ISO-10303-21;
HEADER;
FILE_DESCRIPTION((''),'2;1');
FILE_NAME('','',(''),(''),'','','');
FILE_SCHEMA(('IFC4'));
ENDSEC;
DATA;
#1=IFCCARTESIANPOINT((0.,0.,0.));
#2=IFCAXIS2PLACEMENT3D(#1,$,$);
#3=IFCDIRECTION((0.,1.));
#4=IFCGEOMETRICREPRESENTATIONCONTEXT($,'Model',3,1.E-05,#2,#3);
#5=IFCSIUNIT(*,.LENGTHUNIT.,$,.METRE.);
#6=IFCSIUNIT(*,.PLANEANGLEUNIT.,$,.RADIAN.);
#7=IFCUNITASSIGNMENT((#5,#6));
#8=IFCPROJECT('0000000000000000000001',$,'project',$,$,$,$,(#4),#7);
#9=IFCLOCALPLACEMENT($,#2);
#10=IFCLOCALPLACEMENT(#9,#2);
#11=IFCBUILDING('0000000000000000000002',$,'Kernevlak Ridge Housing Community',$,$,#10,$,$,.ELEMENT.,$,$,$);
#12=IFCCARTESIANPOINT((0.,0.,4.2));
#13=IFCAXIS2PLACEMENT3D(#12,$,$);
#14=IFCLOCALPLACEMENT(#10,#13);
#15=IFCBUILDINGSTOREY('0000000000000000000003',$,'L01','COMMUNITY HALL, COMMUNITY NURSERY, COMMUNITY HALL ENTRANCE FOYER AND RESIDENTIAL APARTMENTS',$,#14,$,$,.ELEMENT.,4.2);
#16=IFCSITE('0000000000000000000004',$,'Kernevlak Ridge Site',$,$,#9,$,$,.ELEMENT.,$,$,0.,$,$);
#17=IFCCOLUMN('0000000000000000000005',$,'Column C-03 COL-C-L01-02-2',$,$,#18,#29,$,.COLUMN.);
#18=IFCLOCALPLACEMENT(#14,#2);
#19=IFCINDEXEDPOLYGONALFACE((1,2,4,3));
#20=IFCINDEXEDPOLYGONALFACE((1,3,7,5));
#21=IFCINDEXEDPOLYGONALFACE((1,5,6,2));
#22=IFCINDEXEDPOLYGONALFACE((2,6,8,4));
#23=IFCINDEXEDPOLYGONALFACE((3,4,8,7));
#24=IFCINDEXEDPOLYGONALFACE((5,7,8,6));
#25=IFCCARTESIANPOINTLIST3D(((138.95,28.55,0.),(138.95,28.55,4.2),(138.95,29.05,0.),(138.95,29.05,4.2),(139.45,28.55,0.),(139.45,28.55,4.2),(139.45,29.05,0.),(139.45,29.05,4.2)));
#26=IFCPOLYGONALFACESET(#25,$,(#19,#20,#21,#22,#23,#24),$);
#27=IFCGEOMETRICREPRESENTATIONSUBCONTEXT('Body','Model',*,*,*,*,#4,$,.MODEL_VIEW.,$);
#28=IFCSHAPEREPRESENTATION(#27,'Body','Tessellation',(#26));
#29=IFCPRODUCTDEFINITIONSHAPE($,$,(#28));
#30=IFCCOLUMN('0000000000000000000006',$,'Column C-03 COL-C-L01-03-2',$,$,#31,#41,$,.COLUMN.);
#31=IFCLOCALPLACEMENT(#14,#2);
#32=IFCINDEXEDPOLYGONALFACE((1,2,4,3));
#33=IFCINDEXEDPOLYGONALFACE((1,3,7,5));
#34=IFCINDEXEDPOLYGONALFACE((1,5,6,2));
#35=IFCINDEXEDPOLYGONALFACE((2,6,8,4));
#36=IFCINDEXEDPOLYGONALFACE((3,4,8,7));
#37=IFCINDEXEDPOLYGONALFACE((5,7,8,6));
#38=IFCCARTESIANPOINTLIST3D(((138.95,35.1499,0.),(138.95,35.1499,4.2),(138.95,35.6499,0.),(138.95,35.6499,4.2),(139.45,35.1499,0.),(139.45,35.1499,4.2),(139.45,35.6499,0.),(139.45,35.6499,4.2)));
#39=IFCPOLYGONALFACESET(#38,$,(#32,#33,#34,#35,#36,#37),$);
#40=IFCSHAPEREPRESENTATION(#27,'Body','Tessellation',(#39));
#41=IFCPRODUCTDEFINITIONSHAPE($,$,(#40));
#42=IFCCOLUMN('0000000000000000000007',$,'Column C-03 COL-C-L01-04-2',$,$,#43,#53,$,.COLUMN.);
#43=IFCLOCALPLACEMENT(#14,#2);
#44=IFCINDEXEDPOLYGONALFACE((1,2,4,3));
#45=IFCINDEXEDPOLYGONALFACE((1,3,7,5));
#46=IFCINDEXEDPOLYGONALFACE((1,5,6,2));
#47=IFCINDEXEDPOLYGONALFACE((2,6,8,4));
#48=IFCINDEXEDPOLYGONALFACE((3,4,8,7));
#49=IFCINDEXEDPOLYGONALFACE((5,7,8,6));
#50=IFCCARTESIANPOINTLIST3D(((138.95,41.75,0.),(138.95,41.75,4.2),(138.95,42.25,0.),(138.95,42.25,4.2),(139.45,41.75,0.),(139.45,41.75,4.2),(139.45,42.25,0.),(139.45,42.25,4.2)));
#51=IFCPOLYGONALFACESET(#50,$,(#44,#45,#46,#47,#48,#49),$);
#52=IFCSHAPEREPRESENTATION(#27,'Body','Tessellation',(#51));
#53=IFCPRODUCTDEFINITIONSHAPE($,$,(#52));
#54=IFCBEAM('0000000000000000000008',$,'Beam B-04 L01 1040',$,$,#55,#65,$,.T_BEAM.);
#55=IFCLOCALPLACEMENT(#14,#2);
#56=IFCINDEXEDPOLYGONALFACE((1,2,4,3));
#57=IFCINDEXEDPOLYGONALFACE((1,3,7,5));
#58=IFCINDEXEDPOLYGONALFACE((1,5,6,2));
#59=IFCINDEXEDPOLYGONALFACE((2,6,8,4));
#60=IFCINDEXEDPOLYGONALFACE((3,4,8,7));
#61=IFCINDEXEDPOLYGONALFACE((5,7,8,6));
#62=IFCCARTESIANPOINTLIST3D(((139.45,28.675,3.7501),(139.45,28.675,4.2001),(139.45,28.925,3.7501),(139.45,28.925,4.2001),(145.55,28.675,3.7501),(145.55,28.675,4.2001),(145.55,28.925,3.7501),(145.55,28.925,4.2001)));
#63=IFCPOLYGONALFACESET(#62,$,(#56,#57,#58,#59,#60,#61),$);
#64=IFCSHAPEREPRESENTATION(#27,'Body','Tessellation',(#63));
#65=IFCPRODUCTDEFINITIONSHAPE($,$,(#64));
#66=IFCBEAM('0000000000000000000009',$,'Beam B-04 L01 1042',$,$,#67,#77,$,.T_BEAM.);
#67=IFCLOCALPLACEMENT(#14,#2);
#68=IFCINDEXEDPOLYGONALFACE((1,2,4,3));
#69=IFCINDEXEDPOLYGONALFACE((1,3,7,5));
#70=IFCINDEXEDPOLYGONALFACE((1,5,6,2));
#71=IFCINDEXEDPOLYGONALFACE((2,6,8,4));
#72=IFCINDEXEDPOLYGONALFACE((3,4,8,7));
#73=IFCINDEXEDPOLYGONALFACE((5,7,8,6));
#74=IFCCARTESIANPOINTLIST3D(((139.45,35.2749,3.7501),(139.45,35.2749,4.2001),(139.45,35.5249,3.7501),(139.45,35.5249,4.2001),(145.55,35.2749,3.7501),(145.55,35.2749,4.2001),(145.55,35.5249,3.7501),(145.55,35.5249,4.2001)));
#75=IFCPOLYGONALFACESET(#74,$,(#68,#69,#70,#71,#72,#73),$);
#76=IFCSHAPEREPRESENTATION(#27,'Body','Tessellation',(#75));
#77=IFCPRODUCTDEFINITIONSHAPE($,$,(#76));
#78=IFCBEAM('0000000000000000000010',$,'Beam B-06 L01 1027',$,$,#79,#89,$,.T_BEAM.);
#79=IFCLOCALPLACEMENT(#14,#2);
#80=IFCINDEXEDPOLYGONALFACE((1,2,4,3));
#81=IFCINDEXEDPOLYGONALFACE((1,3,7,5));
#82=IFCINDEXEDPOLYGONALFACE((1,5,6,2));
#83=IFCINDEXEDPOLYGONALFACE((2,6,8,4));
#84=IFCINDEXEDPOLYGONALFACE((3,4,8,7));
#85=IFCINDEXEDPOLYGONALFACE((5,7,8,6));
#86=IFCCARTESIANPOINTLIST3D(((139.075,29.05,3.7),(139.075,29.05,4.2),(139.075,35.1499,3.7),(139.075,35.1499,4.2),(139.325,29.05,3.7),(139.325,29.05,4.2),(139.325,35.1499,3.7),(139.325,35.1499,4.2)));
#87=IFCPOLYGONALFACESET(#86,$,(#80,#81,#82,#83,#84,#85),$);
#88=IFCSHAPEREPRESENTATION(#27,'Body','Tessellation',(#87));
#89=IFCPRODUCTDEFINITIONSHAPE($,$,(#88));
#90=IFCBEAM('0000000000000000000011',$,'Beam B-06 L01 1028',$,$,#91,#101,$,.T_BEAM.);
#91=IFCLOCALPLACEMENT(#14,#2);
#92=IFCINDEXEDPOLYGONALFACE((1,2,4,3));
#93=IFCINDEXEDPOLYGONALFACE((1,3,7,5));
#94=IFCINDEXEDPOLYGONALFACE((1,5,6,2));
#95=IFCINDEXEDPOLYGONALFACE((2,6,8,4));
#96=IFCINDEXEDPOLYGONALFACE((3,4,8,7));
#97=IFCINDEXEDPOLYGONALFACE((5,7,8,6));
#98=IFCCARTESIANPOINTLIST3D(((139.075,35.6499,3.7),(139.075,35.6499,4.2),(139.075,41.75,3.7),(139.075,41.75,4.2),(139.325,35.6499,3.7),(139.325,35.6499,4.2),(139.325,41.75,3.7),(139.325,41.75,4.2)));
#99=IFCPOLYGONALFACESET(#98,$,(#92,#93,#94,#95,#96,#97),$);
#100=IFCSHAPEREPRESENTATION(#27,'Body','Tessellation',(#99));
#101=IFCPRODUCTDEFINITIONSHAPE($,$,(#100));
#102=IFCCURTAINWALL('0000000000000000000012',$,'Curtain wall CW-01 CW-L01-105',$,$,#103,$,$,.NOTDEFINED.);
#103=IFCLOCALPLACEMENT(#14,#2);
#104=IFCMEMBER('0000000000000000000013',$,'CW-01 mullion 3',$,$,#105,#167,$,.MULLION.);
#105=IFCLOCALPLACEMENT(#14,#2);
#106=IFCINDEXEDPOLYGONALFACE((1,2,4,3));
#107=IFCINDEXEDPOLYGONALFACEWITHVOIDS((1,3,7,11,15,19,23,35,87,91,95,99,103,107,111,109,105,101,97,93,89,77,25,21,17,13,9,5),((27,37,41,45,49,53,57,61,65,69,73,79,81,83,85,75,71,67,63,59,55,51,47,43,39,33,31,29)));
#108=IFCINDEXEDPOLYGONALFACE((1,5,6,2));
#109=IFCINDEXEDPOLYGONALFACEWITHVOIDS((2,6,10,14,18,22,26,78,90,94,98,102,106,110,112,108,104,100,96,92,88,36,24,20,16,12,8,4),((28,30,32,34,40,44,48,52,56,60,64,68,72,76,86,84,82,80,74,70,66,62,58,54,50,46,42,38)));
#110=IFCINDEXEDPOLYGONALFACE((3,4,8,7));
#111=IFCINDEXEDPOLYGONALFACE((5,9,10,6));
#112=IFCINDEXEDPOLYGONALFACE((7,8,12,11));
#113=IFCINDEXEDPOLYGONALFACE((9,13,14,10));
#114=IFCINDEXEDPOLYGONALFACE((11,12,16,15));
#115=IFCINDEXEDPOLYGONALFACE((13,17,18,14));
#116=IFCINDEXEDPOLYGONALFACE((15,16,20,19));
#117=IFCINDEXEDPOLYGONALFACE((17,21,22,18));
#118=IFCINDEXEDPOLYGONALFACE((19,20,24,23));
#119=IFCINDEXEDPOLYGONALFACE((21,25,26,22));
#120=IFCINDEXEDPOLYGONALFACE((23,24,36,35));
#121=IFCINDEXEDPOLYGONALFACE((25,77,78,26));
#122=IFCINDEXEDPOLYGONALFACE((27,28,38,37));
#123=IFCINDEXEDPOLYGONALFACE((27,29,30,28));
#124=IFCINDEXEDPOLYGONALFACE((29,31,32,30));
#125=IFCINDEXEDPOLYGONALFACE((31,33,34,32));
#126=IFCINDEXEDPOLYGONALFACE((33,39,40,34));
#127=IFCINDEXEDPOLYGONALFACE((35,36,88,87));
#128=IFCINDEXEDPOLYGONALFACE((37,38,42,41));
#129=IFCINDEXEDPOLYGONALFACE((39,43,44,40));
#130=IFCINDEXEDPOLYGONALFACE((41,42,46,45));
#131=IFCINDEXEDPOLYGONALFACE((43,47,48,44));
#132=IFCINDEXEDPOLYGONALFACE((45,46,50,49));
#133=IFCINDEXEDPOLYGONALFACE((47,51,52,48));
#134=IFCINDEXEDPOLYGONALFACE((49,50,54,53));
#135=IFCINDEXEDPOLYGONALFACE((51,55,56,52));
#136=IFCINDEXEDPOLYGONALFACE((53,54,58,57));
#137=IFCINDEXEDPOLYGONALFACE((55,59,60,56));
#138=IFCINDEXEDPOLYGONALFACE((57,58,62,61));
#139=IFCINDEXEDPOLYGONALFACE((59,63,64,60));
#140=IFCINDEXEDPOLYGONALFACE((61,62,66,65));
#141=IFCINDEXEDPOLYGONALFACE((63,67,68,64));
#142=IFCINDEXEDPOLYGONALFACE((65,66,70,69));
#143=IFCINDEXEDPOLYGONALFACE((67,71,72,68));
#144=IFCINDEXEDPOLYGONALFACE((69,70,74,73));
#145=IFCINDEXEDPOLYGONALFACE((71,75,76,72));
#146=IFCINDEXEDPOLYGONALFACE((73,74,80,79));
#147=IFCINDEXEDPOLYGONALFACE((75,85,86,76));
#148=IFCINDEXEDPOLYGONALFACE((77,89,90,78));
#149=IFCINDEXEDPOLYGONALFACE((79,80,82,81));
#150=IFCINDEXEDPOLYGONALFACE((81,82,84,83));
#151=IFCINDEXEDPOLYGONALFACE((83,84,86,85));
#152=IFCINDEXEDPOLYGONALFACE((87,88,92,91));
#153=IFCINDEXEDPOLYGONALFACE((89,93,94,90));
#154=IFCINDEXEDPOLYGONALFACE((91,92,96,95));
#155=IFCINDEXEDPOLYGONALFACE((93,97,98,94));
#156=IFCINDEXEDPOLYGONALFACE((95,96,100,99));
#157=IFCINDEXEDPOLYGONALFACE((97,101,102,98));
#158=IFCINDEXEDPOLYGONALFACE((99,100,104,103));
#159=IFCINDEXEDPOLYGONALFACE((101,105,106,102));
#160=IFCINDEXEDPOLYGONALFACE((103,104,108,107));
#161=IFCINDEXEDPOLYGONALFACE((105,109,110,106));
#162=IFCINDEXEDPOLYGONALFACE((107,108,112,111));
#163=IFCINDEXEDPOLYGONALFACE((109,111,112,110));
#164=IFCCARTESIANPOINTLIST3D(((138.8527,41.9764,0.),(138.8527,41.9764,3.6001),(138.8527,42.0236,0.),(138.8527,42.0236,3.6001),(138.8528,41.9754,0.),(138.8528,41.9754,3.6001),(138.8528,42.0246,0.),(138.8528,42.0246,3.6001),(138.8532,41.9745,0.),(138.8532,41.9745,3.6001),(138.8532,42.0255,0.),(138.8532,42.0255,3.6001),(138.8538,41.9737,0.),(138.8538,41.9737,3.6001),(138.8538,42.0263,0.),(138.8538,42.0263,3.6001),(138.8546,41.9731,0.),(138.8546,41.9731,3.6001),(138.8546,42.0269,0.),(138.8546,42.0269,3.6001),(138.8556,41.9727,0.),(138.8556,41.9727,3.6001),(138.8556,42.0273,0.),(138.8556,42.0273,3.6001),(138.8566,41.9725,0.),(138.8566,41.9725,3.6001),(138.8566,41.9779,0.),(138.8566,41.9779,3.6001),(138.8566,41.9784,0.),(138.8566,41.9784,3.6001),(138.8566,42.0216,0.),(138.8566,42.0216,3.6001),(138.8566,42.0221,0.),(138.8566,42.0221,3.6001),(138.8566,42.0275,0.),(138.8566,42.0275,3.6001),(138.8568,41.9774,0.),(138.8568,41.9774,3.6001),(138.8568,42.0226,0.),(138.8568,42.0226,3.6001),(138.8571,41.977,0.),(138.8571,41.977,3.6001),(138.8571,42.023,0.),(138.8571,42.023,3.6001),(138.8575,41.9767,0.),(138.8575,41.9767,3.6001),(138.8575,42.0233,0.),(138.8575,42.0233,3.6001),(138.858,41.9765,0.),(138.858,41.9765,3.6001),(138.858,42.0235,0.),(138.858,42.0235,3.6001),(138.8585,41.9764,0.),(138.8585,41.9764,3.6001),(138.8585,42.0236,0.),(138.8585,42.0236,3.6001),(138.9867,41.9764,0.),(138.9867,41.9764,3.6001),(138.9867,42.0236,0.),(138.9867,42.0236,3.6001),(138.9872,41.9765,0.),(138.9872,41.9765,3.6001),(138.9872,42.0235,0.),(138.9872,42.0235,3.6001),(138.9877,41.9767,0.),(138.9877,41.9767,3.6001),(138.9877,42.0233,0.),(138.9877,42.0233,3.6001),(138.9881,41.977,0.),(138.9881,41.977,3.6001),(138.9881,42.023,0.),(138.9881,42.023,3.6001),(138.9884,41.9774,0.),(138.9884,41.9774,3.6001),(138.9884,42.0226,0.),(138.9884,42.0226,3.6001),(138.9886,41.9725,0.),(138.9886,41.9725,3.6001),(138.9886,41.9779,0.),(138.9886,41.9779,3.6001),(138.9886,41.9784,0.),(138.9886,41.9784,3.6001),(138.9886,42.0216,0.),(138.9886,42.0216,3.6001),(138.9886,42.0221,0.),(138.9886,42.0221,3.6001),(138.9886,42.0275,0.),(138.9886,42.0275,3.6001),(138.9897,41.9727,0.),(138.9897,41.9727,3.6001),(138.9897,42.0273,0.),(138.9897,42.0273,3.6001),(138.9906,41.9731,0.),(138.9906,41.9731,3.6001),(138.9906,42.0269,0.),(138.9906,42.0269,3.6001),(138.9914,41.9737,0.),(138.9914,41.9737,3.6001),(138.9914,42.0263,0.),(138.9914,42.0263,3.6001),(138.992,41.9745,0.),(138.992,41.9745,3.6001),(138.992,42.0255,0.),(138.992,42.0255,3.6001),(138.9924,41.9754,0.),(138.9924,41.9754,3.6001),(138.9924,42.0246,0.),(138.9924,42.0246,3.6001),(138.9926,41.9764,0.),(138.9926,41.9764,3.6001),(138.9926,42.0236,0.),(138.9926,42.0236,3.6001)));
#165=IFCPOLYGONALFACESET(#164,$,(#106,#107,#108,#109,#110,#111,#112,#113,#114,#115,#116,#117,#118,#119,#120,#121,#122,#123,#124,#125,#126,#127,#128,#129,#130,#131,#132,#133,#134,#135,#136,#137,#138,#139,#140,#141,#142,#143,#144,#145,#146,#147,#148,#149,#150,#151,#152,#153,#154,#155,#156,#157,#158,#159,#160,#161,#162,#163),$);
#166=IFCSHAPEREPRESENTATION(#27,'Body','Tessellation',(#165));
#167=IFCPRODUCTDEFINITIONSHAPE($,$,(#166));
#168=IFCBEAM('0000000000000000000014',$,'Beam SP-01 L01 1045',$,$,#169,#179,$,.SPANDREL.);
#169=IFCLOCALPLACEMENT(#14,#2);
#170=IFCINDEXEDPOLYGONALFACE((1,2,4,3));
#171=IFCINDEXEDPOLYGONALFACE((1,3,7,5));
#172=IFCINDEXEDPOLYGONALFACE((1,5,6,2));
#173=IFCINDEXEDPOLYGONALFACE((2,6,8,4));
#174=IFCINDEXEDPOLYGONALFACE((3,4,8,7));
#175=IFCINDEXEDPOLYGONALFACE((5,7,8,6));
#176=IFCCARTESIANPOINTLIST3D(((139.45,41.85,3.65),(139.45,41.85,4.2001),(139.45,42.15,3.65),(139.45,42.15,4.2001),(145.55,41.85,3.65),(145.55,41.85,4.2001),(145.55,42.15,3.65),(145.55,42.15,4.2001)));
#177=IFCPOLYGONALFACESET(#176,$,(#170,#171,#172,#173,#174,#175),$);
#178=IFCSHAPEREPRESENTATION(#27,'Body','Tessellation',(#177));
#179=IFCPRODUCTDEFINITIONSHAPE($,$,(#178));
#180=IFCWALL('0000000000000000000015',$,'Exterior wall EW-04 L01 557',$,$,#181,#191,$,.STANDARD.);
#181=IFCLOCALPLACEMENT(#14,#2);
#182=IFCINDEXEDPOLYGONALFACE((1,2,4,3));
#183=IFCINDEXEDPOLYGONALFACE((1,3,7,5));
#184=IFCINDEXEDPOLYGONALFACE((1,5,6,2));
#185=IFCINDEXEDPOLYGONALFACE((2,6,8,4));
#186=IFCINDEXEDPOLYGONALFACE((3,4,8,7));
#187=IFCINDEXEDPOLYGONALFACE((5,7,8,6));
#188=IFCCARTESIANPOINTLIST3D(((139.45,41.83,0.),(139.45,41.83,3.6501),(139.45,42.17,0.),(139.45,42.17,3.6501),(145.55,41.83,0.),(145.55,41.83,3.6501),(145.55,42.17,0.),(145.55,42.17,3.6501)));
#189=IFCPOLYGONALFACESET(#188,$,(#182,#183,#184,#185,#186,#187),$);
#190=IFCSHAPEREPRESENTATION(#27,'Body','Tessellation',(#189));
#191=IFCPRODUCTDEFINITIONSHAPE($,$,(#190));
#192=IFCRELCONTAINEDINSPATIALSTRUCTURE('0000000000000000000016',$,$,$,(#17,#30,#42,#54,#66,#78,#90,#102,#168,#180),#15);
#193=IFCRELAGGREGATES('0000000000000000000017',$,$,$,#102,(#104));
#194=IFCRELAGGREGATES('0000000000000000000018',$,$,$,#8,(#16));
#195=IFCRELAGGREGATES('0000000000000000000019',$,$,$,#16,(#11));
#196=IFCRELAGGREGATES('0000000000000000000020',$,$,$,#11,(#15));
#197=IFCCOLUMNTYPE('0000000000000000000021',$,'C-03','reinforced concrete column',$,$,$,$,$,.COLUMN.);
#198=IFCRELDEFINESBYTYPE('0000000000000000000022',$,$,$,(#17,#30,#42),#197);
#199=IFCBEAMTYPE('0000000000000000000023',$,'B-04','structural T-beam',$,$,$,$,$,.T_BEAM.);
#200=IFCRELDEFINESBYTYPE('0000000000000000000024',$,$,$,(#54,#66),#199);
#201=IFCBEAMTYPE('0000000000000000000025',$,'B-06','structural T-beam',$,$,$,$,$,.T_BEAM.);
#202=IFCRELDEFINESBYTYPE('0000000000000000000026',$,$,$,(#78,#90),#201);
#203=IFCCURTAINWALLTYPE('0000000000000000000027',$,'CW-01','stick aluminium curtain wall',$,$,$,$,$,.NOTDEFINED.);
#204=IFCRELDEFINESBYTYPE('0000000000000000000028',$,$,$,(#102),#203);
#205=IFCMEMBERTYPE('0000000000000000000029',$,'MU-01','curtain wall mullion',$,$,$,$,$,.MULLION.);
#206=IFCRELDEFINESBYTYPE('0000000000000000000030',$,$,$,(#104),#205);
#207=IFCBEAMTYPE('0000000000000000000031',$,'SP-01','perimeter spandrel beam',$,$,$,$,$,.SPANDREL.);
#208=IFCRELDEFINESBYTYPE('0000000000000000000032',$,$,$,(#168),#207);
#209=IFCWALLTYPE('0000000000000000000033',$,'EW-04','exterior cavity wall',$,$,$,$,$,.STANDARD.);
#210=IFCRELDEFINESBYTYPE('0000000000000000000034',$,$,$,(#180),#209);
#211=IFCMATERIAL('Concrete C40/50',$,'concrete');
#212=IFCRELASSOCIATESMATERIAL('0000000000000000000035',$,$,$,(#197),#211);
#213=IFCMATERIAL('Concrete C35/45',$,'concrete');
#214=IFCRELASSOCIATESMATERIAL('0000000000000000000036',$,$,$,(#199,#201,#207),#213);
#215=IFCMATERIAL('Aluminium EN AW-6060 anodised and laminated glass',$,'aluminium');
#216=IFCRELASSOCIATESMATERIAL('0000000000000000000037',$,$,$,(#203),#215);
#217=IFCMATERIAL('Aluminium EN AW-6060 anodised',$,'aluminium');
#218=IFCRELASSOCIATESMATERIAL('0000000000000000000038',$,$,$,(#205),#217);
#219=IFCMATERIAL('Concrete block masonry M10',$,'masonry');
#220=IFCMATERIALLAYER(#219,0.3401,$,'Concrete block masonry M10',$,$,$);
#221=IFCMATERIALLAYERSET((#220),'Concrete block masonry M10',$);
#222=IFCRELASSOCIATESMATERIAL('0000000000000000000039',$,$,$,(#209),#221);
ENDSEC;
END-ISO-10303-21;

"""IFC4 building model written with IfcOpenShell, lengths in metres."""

from ifc_helpers import new_model, si_unit, direction, frame, frame_2d, origin, origin_2d, place, context, subcontext, project, spatial, rectangle, hollow_rectangle, extrude, material, layer, layer_set, material_profile, profile_set, type_object, element, aggregate, save


model = new_model("IFC4")

# Units and contexts
model_context = context("Model", 3, precision=1e-05, world=origin(), true_north=direction((0.0, 1.0)))
body_context = subcontext(model_context, "Body", "Model", "MODEL_VIEW")
ifc_project = project(units=[si_unit("LENGTHUNIT", "METRE"), si_unit("PLANEANGLEUNIT", "RADIAN")], contexts=[model_context])

# Site, building, storey
site_placement = place(None, origin())
site = spatial("IfcSite", under=ifc_project, at=site_placement, Name="Kernevlak Ridge Site", CompositionType="ELEMENT", RefElevation=0.0)
building_placement = place(site_placement, origin())
building = spatial("IfcBuilding", under=site, at=building_placement, Name="Kernevlak Ridge Housing Community", CompositionType="ELEMENT")
storey_placement = place(building_placement, frame((0.0, 0.0, 4.2)))
storey = spatial("IfcBuildingStorey", under=building, at=storey_placement, Name="L01", Description="COMMUNITY HALL, COMMUNITY NURSERY, COMMUNITY HALL ENTRANCE FOYER AND RESIDENTIAL APARTMENTS", CompositionType="ELEMENT", Elevation=4.2)

# Columns
ifc_material_1 = material(Name="Concrete C40/50", Category="concrete")
ifc_material_profile_1 = material_profile(ifc_material_1, rectangle(XDim=0.5, YDim=0.5, at=origin_2d()), Name="RC 500x500")
ifc_profile_set_1 = profile_set([ifc_material_profile_1], Name="Concrete C40/50")
column_type = type_object("IfcColumnType", Name="C-03", Description="reinforced concrete column", PredefinedType="COLUMN", material=ifc_profile_set_1)
for number, where, z_axis, x_axis, name in (
    (1, (139.2, 28.8, 0.0), (0.0, 0.0, 1.0), (1.0, 0.0, 0.0), "Column C-03 COL-C-L01-02-2"),
    (2, (139.2, 35.3999, 0.0), (0.0, 0.0, 1.0), (1.0, 0.0, 0.0), "Column C-03 COL-C-L01-03-2"),
    (3, (139.2, 42.0, 0.0), (0.0, 0.0, 1.0), (1.0, 0.0, 0.0), "Column C-03 COL-C-L01-04-2"),
):
    element("IfcColumn", number, at=place(storey_placement, frame(where, z_axis=z_axis, x_axis=x_axis)), inside=storey, type_object=column_type, Name=name, PredefinedType="COLUMN", context=body_context, shape_type="SweptSolid", body=[
        extrude(rectangle(XDim=0.5, YDim=0.5, at=origin_2d()), origin(), (0.0, 0.0, 1.0), 4.2),
    ])

# Beams
ifc_material_2 = material(Name="Concrete C35/45", Category="concrete")
ifc_material_profile_2 = material_profile(ifc_material_2, rectangle(XDim=0.25, YDim=0.45, at=origin_2d()), Name="RC 250x450")
ifc_profile_set_2 = profile_set([ifc_material_profile_2], Name="Concrete C35/45")
beam_type_1 = type_object("IfcBeamType", Name="B-04", Description="structural T-beam", PredefinedType="T_BEAM", material=ifc_profile_set_2)
for number, where, z_axis, x_axis, name in (
    (4, (139.45, 28.8, 3.9751), (1.0, 0.0, 0.0), (0.0, 1.0, 0.0), "Beam B-04 L01 1040"),
    (5, (139.45, 35.3999, 3.9751), (1.0, 0.0, 0.0), (0.0, 1.0, 0.0), "Beam B-04 L01 1042"),
):
    element("IfcBeam", number, at=place(storey_placement, frame(where, z_axis=z_axis, x_axis=x_axis)), inside=storey, type_object=beam_type_1, Name=name, PredefinedType="T_BEAM", context=body_context, shape_type="SweptSolid", body=[
        extrude(rectangle(XDim=0.25, YDim=0.45, at=origin_2d()), origin(), (0.0, 0.0, 1.0), 6.1001),
    ])
ifc_material_profile_3 = material_profile(ifc_material_2, rectangle(XDim=0.25, YDim=0.5, at=origin_2d()), Name="RC 250x500")
ifc_profile_set_3 = profile_set([ifc_material_profile_3], Name="Concrete C35/45")
beam_type_2 = type_object("IfcBeamType", Name="B-06", Description="structural T-beam", PredefinedType="T_BEAM", material=ifc_profile_set_3)
beam_1_placement = place(storey_placement, frame((139.2, 29.05, 3.95), z_axis=(0.0, 1.0, 0.0), x_axis=(-1.0, 0.0, 0.0)))
element("IfcBeam", 6, at=beam_1_placement, inside=storey, type_object=beam_type_2, Name="Beam B-06 L01 1027", PredefinedType="T_BEAM", context=body_context, shape_type="SweptSolid", body=[
    extrude(rectangle(XDim=0.25, YDim=0.5, at=origin_2d()), origin(), (0.0, 0.0, 1.0), 6.0999),
])
beam_2_placement = place(storey_placement, frame((139.2, 35.6499, 3.95), z_axis=(0.0, 1.0, 0.0), x_axis=(-1.0, 0.0, 0.0)))
element("IfcBeam", 7, at=beam_2_placement, inside=storey, type_object=beam_type_2, Name="Beam B-06 L01 1028", PredefinedType="T_BEAM", context=body_context, shape_type="SweptSolid", body=[
    extrude(rectangle(XDim=0.25, YDim=0.5, at=origin_2d()), origin(), (0.0, 0.0, 1.0), 6.1001),
])

# Curtain wall, member
ifc_material_3 = material(Name="Aluminium EN AW-6060 anodised and laminated glass", Category="aluminium")
curtain_wall_type = type_object("IfcCurtainWallType", Name="CW-01", Description="stick aluminium curtain wall", PredefinedType="NOTDEFINED", material=ifc_material_3)
curtain_wall_placement = place(storey_placement, origin())
curtain_wall = element("IfcCurtainWall", 8, at=curtain_wall_placement, inside=storey, type_object=curtain_wall_type, Name="Curtain wall CW-01 CW-L01-105", PredefinedType="NOTDEFINED")
ifc_material_4 = material(Name="Aluminium EN AW-6060 anodised", Category="aluminium")
ifc_material_profile_4 = material_profile(ifc_material_4, hollow_rectangle(XDim=0.0549, YDim=0.1399, WallThickness=0.0039, InnerFilletRadius=0.002, OuterFilletRadius=0.0039, at=origin_2d()), Name="ALU 55x140x4")
ifc_profile_set_4 = profile_set([ifc_material_profile_4], Name="Aluminium EN AW-6060 anodised")
member_type = type_object("IfcMemberType", Name="MU-01", Description="curtain wall mullion", PredefinedType="MULLION", material=ifc_profile_set_4)
member_placement = place(storey_placement, frame((138.9226, 42.0, 0.0), z_axis=(0.0, 0.0, 1.0), x_axis=(0.0, 1.0, 0.0)))
member = element("IfcMember", 9, at=member_placement, type_object=member_type, Name="CW-01 mullion 3", PredefinedType="MULLION", context=body_context, shape_type="SweptSolid", body=[
    extrude(hollow_rectangle(XDim=0.0549, YDim=0.1399, WallThickness=0.0039, InnerFilletRadius=0.002, OuterFilletRadius=0.0039, at=origin_2d()), origin(), (0.0, 0.0, 1.0), 3.6001),
])
aggregate(curtain_wall, [member])

# Beam
ifc_material_profile_5 = material_profile(ifc_material_2, rectangle(XDim=0.3, YDim=0.55, at=origin_2d()), Name="RC 300x550")
ifc_profile_set_5 = profile_set([ifc_material_profile_5], Name="Concrete C35/45")
beam_type_3 = type_object("IfcBeamType", Name="SP-01", Description="perimeter spandrel beam", PredefinedType="SPANDREL", material=ifc_profile_set_5)
beam_3_placement = place(storey_placement, frame((139.45, 42.0, 3.925), z_axis=(1.0, 0.0, 0.0), x_axis=(0.0, 1.0, 0.0)))
element("IfcBeam", 10, at=beam_3_placement, inside=storey, type_object=beam_type_3, Name="Beam SP-01 L01 1045", PredefinedType="SPANDREL", context=body_context, shape_type="SweptSolid", body=[
    extrude(rectangle(XDim=0.3, YDim=0.55, at=origin_2d()), origin(), (0.0, 0.0, 1.0), 6.1001),
])

# Wall
ifc_material_5 = material(Name="Concrete block masonry M10", Category="masonry")
ifc_layer_1 = layer(ifc_material_5, 0.3401, Name="Concrete block masonry M10")
ifc_layer_set_1 = layer_set([ifc_layer_1], Name="Concrete block masonry M10")
wall_type_1 = type_object("IfcWallType", Name="EW-04", Description="exterior cavity wall", PredefinedType="STANDARD", material=ifc_layer_set_1)
wall_1_placement = place(storey_placement, frame((139.45, 42.0, 0.0), z_axis=(0.0, 0.0, 1.0), x_axis=(1.0, 0.0, 0.0)))
element("IfcWall", 11, at=wall_1_placement, inside=storey, type_object=wall_type_1, Name="Exterior wall EW-04 L01 557", PredefinedType="STANDARD", context=body_context, shape_type="SweptSolid", body=[
    extrude(rectangle(XDim=6.1001, YDim=0.3401, at=frame_2d((3.05, 0.0))), origin(), (0.0, 0.0, 1.0), 3.6501),
])

save(model, "model.ifc")
